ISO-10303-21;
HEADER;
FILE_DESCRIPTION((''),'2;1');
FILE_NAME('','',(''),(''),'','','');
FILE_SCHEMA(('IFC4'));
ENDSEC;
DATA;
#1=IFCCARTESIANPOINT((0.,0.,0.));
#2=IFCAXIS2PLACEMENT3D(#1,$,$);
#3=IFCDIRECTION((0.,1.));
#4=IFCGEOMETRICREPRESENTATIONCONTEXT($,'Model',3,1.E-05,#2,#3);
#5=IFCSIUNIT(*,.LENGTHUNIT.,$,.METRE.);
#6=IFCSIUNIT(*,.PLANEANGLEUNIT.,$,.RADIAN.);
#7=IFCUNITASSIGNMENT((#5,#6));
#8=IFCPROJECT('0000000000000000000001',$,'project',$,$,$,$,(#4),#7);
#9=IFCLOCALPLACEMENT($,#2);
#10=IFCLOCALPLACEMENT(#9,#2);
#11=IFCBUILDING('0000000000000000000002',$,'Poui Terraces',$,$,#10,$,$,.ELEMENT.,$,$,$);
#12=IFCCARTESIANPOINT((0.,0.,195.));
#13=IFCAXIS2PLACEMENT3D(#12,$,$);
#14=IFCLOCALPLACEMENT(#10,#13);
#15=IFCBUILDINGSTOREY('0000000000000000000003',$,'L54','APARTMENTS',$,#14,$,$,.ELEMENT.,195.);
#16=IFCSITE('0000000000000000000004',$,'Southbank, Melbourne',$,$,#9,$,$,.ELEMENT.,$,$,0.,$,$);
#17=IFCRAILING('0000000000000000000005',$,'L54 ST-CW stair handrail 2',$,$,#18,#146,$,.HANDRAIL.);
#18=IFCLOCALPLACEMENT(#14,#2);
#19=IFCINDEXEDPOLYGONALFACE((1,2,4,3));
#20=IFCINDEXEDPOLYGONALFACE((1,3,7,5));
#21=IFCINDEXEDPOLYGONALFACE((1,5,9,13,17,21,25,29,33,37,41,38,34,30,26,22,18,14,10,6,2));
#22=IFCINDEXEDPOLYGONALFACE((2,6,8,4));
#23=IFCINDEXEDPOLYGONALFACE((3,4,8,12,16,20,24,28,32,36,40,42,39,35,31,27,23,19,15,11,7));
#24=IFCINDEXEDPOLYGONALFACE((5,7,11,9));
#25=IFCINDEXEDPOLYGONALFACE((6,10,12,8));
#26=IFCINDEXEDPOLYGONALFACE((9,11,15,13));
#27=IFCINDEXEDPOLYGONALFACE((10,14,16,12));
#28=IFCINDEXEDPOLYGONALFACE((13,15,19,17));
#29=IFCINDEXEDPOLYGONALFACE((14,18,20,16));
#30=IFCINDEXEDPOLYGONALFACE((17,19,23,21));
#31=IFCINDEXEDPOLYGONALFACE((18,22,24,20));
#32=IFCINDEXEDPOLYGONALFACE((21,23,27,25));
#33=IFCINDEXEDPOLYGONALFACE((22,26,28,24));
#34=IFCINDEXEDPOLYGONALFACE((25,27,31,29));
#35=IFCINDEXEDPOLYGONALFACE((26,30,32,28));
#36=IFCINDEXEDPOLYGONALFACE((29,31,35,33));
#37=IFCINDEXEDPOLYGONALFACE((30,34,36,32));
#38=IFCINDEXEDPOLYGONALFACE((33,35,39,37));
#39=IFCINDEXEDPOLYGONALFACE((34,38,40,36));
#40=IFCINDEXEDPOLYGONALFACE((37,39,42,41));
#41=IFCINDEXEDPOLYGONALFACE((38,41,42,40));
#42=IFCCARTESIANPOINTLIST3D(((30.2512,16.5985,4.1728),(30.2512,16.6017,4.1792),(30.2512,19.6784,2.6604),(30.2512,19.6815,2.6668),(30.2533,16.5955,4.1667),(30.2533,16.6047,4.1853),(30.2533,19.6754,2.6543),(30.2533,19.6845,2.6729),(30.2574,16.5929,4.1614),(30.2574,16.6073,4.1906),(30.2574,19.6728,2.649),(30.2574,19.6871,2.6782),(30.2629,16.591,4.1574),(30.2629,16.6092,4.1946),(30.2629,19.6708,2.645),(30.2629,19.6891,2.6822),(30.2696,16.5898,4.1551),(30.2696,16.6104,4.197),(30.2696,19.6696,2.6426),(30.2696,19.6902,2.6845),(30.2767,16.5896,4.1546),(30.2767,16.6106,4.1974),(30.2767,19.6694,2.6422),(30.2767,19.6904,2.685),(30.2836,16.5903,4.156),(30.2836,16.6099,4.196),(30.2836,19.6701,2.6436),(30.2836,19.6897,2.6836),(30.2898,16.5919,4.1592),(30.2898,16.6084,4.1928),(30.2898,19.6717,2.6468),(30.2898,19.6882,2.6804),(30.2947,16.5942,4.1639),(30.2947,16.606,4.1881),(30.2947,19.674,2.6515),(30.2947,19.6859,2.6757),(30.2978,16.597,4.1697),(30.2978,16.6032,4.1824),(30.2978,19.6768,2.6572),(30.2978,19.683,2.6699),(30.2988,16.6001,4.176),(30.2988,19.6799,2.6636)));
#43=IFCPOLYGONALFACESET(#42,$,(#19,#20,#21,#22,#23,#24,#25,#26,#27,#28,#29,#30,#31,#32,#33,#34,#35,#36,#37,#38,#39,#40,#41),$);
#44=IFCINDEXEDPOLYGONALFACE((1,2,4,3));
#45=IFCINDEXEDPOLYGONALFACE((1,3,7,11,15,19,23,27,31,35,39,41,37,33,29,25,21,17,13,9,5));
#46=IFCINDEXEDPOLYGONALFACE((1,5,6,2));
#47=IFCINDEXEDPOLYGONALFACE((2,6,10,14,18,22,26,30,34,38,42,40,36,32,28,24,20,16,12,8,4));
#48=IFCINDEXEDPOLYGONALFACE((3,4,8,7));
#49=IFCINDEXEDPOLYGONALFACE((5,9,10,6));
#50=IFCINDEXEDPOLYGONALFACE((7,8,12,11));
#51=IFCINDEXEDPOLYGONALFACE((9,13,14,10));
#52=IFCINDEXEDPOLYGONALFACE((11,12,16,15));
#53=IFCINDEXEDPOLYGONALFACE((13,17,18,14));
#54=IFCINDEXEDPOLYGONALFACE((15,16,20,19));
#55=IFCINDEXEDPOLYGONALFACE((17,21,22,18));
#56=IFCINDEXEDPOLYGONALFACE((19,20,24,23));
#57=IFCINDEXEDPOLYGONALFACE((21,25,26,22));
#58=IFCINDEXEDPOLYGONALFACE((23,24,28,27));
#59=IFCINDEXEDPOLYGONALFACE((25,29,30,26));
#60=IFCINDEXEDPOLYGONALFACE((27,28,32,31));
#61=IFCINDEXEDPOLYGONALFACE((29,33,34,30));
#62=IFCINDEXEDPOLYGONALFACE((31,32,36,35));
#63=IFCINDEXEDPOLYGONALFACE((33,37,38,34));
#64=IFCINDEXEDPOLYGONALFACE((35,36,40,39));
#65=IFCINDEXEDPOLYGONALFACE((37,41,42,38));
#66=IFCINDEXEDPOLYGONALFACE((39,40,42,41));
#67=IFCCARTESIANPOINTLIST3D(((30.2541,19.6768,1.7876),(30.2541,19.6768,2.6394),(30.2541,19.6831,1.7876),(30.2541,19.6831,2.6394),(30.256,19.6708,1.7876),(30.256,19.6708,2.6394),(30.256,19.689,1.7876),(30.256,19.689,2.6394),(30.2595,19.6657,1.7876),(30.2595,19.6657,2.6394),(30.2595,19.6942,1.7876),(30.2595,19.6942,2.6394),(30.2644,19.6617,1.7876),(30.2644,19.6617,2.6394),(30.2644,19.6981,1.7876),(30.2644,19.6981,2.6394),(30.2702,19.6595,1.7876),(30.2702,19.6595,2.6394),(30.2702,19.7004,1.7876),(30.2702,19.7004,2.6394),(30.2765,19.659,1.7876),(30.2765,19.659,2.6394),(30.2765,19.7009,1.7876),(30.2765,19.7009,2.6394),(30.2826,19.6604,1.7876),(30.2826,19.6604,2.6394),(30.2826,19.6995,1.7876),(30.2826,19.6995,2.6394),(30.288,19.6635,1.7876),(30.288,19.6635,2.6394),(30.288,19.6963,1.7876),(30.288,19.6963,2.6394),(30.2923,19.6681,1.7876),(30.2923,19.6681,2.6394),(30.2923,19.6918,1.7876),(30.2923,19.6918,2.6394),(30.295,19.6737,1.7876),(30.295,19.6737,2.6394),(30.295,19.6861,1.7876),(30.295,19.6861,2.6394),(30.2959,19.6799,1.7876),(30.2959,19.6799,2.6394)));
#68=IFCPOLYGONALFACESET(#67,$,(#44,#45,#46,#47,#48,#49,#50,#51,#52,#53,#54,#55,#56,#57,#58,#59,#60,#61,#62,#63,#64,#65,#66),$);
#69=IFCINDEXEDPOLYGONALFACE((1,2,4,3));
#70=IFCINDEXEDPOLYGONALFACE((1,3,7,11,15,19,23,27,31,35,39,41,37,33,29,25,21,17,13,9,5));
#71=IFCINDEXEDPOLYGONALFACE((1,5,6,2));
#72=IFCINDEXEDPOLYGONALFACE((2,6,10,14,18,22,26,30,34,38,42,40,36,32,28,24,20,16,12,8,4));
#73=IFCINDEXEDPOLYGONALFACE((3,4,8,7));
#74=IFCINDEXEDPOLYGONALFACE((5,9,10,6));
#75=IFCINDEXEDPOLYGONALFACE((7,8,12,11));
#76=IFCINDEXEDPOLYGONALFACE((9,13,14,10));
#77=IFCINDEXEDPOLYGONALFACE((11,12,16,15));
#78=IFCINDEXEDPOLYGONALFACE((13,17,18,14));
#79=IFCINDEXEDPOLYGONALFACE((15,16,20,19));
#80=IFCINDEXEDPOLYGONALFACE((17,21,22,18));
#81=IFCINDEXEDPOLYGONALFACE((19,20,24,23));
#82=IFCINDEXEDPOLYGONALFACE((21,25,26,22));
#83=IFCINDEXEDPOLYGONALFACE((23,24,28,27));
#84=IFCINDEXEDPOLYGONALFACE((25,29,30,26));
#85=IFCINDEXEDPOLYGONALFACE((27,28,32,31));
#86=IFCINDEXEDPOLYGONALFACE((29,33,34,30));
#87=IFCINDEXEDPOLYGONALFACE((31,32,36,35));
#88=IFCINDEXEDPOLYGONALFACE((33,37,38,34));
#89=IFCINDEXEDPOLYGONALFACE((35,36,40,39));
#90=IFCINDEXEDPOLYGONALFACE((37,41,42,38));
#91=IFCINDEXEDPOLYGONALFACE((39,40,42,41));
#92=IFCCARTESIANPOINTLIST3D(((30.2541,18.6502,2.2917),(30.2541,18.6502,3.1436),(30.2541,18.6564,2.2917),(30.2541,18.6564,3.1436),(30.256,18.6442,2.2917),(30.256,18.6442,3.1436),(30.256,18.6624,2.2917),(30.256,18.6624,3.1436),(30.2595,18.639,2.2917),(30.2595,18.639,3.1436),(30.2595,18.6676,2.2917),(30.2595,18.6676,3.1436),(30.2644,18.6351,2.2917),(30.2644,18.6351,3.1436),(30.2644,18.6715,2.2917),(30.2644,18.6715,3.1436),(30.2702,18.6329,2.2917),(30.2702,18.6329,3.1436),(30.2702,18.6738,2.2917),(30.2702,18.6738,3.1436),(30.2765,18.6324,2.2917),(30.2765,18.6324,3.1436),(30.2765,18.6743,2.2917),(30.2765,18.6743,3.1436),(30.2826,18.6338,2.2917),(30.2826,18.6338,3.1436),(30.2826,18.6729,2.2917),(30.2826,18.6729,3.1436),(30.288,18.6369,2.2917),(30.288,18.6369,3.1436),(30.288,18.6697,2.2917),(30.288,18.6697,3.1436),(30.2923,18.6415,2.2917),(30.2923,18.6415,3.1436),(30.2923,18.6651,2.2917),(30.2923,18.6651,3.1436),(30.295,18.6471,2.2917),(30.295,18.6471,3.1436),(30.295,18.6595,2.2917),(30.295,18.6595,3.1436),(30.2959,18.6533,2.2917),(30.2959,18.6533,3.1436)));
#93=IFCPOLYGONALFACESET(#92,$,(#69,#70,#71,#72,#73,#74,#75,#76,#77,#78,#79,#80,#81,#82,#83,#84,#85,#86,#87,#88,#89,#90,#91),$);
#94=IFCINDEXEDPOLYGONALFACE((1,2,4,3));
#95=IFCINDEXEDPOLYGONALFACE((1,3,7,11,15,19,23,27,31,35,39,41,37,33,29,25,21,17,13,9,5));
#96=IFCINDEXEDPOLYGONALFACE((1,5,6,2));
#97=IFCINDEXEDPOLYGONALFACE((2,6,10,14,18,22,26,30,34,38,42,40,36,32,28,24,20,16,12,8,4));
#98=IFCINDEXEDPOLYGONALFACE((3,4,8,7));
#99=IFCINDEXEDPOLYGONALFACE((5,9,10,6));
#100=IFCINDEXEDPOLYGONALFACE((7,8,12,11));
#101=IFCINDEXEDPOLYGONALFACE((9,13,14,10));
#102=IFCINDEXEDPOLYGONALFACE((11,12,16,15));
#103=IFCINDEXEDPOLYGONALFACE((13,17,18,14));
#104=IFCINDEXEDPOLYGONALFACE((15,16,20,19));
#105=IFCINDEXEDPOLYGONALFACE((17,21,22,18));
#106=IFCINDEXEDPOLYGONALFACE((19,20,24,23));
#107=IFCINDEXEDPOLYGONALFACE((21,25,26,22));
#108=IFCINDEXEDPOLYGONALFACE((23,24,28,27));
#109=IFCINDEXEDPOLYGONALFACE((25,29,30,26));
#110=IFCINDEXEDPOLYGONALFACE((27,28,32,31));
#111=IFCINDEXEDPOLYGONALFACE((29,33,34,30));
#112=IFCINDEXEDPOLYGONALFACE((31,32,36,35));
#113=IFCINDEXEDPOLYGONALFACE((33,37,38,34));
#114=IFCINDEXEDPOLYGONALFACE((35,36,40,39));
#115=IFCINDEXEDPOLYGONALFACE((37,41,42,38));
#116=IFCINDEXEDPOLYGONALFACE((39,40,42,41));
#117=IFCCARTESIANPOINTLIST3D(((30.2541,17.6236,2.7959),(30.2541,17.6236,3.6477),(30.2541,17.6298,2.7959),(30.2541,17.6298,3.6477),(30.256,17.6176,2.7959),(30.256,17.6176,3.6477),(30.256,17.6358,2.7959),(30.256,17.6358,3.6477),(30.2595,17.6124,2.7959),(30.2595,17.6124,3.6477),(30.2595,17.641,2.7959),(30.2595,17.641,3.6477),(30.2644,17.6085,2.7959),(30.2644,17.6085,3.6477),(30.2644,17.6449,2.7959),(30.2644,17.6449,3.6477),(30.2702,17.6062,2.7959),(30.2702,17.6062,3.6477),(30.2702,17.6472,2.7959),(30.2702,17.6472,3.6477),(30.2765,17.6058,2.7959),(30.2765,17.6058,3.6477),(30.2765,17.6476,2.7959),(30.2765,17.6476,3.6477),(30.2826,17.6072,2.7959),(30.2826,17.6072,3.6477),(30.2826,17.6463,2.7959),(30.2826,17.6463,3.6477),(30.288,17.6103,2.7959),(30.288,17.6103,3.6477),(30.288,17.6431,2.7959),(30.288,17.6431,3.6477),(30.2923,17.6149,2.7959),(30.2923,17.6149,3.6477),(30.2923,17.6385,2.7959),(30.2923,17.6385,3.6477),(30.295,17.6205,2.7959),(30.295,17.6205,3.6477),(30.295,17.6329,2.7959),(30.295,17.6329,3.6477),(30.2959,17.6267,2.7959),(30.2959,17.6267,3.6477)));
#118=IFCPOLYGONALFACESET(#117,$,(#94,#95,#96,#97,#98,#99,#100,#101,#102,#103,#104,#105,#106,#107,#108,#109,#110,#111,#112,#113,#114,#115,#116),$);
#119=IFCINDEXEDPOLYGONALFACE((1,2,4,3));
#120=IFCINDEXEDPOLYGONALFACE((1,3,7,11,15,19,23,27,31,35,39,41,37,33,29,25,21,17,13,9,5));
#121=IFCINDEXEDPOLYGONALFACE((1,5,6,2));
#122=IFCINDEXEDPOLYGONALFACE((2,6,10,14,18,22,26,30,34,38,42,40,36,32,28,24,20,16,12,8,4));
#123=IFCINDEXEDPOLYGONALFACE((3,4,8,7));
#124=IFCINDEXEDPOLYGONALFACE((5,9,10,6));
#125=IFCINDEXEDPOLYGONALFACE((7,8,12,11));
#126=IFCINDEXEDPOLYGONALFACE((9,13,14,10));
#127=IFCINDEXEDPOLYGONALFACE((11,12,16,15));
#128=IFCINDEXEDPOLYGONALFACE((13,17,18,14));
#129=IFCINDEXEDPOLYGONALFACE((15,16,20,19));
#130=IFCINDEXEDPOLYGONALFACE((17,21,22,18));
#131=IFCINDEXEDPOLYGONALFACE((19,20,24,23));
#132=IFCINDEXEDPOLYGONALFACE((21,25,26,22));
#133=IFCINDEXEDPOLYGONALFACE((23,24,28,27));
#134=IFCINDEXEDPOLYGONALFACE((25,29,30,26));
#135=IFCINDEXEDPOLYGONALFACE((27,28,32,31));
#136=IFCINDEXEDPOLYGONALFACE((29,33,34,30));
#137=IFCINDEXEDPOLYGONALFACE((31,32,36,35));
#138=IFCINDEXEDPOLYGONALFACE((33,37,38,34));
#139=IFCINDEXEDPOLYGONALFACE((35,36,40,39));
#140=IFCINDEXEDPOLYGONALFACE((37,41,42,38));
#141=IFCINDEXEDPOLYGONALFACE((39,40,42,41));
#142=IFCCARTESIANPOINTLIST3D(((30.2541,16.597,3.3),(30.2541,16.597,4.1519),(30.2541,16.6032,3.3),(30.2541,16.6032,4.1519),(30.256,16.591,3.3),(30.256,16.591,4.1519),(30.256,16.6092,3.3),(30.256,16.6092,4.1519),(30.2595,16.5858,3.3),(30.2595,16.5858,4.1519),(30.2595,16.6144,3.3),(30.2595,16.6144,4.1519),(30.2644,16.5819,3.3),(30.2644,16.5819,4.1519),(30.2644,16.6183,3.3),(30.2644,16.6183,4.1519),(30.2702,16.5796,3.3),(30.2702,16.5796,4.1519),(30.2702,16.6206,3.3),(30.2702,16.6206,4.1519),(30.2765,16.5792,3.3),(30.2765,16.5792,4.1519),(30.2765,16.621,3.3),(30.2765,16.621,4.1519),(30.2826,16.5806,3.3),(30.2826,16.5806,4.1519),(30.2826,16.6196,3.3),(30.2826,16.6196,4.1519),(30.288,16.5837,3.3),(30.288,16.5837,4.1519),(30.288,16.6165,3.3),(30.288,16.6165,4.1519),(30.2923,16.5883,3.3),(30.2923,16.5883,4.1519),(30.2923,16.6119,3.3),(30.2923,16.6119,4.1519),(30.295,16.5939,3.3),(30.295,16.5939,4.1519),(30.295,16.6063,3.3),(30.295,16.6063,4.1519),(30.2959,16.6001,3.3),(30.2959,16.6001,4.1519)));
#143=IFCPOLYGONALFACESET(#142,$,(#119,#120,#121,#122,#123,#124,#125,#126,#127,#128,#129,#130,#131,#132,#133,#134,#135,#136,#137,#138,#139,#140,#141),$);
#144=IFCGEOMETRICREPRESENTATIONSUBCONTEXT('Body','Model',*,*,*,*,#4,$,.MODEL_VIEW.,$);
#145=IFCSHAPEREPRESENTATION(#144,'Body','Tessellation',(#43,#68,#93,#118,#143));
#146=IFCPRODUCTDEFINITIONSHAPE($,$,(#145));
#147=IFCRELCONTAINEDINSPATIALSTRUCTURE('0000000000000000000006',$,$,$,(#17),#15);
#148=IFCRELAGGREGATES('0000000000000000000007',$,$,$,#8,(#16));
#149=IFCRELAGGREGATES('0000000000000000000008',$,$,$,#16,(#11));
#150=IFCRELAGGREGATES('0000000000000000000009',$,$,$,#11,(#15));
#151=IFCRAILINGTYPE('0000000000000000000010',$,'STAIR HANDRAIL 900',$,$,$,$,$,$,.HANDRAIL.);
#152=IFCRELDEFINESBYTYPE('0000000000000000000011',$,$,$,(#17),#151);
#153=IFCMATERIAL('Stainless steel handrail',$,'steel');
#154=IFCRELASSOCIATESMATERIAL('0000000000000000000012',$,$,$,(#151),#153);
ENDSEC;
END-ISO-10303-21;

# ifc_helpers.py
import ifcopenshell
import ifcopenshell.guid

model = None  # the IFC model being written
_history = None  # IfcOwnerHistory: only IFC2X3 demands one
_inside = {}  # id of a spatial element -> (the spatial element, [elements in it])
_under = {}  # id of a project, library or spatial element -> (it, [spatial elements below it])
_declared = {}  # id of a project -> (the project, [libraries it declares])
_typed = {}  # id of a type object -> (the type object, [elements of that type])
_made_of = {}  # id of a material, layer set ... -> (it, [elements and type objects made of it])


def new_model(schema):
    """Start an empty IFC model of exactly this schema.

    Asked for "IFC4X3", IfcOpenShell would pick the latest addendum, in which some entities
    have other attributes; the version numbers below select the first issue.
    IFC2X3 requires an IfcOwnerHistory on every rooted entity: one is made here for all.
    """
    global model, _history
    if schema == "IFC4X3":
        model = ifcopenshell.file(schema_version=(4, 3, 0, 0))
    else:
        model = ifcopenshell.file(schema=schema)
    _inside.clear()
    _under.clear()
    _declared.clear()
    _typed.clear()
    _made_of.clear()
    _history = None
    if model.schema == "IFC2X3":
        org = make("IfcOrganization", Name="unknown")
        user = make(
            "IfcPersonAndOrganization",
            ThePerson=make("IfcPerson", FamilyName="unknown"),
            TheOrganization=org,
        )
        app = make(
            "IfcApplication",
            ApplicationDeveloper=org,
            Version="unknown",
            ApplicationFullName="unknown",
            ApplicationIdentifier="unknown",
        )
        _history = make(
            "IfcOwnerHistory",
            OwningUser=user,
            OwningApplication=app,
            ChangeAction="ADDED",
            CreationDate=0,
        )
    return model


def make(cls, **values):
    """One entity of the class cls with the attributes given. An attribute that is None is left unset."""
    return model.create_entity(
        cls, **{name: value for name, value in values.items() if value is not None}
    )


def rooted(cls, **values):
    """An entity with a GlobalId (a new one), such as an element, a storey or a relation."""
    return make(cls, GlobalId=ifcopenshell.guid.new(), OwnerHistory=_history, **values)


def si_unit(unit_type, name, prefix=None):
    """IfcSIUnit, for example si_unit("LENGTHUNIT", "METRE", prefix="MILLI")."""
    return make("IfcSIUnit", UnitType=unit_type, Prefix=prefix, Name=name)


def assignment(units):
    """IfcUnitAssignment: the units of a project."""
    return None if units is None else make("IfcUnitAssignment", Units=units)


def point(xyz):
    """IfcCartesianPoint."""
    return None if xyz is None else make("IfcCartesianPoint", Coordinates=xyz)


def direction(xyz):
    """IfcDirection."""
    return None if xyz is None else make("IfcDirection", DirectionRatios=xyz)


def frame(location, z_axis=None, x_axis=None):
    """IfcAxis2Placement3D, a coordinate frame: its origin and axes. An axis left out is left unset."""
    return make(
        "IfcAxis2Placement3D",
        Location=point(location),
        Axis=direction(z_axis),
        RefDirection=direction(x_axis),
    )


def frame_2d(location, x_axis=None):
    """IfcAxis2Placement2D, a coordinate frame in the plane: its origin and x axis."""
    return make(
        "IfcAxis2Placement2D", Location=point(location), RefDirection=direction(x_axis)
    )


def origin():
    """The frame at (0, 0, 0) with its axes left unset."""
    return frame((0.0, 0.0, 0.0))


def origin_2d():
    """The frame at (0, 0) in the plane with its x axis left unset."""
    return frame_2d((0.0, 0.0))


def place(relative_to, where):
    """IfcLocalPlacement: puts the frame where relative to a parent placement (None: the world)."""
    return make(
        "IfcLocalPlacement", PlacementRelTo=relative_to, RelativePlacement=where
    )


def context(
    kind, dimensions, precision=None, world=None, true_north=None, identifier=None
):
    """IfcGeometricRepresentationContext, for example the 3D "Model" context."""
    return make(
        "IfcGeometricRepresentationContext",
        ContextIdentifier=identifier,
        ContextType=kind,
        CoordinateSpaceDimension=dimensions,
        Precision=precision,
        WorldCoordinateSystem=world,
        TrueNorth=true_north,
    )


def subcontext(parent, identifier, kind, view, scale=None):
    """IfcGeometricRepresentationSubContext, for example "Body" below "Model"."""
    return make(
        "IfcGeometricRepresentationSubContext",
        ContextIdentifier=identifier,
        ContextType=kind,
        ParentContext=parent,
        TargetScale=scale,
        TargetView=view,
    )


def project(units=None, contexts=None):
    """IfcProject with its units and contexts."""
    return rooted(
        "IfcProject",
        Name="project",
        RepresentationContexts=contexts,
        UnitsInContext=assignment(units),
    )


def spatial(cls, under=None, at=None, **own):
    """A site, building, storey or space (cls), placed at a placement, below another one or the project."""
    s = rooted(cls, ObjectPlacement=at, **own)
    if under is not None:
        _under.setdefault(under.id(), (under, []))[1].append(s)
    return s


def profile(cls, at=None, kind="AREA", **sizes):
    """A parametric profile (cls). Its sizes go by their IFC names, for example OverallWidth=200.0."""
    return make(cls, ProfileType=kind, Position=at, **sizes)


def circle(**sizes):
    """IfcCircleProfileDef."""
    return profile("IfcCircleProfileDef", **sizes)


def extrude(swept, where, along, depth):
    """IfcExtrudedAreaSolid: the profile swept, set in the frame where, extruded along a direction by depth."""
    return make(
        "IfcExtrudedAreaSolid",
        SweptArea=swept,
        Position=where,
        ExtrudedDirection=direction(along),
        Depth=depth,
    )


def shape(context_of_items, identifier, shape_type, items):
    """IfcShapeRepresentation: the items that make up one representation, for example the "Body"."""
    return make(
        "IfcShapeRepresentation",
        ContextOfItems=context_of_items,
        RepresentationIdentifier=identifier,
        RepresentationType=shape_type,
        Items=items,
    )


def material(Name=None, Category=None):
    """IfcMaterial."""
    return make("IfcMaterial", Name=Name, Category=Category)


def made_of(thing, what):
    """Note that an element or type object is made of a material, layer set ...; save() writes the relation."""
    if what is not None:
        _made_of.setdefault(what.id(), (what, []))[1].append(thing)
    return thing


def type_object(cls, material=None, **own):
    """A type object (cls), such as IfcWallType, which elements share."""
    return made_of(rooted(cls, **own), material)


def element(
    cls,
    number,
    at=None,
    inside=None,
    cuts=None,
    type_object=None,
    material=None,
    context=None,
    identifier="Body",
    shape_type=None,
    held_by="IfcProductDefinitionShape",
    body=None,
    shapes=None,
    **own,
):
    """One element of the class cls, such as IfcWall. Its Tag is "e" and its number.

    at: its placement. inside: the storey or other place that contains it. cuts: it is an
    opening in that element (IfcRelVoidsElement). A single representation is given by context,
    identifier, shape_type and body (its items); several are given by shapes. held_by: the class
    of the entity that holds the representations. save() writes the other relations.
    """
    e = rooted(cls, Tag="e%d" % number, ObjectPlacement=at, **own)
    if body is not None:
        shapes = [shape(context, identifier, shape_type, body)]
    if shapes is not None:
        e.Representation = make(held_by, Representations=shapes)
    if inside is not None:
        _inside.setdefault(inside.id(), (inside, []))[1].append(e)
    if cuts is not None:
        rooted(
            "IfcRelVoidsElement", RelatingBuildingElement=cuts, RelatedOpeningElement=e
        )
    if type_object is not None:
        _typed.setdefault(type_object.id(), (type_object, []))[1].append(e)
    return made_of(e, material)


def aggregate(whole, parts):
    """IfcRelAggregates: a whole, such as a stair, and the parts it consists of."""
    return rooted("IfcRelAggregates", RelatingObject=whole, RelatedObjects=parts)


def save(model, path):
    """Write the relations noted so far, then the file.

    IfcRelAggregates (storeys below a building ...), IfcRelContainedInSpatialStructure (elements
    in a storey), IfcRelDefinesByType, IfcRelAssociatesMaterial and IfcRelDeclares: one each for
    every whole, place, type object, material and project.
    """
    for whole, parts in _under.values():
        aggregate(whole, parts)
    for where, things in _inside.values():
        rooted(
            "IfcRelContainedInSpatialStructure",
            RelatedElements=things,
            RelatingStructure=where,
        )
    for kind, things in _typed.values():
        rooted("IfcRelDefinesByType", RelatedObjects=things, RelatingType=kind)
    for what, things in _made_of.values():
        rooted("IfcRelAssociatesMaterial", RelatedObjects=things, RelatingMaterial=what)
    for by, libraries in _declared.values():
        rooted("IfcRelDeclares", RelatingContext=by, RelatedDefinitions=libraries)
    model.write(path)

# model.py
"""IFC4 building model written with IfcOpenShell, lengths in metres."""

from ifc_helpers import new_model, si_unit, direction, frame, origin, origin_2d, place, context, subcontext, project, spatial, circle, extrude, material, type_object, element, save


model = new_model("IFC4")

# Units and contexts
model_context = context("Model", 3, precision=1e-05, world=origin(), true_north=direction((0.0, 1.0)))
body_context = subcontext(model_context, "Body", "Model", "MODEL_VIEW")
ifc_project = project(units=[si_unit("LENGTHUNIT", "METRE"), si_unit("PLANEANGLEUNIT", "RADIAN")], contexts=[model_context])

# Site, building, storey
site_placement = place(None, origin())
site = spatial("IfcSite", under=ifc_project, at=site_placement, Name="Southbank, Melbourne", CompositionType="ELEMENT", RefElevation=0.0)
building_placement = place(site_placement, origin())
building = spatial("IfcBuilding", under=site, at=building_placement, Name="Poui Terraces", CompositionType="ELEMENT")
storey_placement = place(building_placement, frame((0.0, 0.0, 195.0)))
storey = spatial("IfcBuildingStorey", under=building, at=storey_placement, Name="L54", Description="APARTMENTS", CompositionType="ELEMENT", Elevation=195.0)

# Railing
ifc_material_1 = material(Name="Stainless steel handrail", Category="steel")
railing_type_1 = type_object("IfcRailingType", Name="STAIR HANDRAIL 900", PredefinedType="HANDRAIL", material=ifc_material_1)
railing_1_placement = place(storey_placement, frame((30.2749, 19.6799, 1.7876)))
element("IfcRailing", 1, at=railing_1_placement, inside=storey, type_object=railing_type_1, Name="L54 ST-CW stair handrail 2", PredefinedType="HANDRAIL", context=body_context, shape_type="SweptSolid", body=[
    extrude(circle(Radius=0.0239, at=origin_2d()), frame((0.0, 0.0, 0.876), z_axis=(0.0, -0.897606, 0.440798), x_axis=(1.0, 0.0, 0.0)), (0.0, 0.0, 1.0), 3.4312),
    extrude(circle(Radius=0.021, at=origin_2d()), origin(), (0.0, 0.0, 1.0), 0.8518),
    extrude(circle(Radius=0.021, at=origin_2d()), frame((0.0, -1.0266, 0.5042)), (0.0, 0.0, 1.0), 0.8518),
    extrude(circle(Radius=0.021, at=origin_2d()), frame((0.0, -2.0532, 1.0083)), (0.0, 0.0, 1.0), 0.8518),
    extrude(circle(Radius=0.021, at=origin_2d()), frame((0.0, -3.0798, 1.5125)), (0.0, 0.0, 1.0), 0.8518),
])

save(model, "model.ifc")
